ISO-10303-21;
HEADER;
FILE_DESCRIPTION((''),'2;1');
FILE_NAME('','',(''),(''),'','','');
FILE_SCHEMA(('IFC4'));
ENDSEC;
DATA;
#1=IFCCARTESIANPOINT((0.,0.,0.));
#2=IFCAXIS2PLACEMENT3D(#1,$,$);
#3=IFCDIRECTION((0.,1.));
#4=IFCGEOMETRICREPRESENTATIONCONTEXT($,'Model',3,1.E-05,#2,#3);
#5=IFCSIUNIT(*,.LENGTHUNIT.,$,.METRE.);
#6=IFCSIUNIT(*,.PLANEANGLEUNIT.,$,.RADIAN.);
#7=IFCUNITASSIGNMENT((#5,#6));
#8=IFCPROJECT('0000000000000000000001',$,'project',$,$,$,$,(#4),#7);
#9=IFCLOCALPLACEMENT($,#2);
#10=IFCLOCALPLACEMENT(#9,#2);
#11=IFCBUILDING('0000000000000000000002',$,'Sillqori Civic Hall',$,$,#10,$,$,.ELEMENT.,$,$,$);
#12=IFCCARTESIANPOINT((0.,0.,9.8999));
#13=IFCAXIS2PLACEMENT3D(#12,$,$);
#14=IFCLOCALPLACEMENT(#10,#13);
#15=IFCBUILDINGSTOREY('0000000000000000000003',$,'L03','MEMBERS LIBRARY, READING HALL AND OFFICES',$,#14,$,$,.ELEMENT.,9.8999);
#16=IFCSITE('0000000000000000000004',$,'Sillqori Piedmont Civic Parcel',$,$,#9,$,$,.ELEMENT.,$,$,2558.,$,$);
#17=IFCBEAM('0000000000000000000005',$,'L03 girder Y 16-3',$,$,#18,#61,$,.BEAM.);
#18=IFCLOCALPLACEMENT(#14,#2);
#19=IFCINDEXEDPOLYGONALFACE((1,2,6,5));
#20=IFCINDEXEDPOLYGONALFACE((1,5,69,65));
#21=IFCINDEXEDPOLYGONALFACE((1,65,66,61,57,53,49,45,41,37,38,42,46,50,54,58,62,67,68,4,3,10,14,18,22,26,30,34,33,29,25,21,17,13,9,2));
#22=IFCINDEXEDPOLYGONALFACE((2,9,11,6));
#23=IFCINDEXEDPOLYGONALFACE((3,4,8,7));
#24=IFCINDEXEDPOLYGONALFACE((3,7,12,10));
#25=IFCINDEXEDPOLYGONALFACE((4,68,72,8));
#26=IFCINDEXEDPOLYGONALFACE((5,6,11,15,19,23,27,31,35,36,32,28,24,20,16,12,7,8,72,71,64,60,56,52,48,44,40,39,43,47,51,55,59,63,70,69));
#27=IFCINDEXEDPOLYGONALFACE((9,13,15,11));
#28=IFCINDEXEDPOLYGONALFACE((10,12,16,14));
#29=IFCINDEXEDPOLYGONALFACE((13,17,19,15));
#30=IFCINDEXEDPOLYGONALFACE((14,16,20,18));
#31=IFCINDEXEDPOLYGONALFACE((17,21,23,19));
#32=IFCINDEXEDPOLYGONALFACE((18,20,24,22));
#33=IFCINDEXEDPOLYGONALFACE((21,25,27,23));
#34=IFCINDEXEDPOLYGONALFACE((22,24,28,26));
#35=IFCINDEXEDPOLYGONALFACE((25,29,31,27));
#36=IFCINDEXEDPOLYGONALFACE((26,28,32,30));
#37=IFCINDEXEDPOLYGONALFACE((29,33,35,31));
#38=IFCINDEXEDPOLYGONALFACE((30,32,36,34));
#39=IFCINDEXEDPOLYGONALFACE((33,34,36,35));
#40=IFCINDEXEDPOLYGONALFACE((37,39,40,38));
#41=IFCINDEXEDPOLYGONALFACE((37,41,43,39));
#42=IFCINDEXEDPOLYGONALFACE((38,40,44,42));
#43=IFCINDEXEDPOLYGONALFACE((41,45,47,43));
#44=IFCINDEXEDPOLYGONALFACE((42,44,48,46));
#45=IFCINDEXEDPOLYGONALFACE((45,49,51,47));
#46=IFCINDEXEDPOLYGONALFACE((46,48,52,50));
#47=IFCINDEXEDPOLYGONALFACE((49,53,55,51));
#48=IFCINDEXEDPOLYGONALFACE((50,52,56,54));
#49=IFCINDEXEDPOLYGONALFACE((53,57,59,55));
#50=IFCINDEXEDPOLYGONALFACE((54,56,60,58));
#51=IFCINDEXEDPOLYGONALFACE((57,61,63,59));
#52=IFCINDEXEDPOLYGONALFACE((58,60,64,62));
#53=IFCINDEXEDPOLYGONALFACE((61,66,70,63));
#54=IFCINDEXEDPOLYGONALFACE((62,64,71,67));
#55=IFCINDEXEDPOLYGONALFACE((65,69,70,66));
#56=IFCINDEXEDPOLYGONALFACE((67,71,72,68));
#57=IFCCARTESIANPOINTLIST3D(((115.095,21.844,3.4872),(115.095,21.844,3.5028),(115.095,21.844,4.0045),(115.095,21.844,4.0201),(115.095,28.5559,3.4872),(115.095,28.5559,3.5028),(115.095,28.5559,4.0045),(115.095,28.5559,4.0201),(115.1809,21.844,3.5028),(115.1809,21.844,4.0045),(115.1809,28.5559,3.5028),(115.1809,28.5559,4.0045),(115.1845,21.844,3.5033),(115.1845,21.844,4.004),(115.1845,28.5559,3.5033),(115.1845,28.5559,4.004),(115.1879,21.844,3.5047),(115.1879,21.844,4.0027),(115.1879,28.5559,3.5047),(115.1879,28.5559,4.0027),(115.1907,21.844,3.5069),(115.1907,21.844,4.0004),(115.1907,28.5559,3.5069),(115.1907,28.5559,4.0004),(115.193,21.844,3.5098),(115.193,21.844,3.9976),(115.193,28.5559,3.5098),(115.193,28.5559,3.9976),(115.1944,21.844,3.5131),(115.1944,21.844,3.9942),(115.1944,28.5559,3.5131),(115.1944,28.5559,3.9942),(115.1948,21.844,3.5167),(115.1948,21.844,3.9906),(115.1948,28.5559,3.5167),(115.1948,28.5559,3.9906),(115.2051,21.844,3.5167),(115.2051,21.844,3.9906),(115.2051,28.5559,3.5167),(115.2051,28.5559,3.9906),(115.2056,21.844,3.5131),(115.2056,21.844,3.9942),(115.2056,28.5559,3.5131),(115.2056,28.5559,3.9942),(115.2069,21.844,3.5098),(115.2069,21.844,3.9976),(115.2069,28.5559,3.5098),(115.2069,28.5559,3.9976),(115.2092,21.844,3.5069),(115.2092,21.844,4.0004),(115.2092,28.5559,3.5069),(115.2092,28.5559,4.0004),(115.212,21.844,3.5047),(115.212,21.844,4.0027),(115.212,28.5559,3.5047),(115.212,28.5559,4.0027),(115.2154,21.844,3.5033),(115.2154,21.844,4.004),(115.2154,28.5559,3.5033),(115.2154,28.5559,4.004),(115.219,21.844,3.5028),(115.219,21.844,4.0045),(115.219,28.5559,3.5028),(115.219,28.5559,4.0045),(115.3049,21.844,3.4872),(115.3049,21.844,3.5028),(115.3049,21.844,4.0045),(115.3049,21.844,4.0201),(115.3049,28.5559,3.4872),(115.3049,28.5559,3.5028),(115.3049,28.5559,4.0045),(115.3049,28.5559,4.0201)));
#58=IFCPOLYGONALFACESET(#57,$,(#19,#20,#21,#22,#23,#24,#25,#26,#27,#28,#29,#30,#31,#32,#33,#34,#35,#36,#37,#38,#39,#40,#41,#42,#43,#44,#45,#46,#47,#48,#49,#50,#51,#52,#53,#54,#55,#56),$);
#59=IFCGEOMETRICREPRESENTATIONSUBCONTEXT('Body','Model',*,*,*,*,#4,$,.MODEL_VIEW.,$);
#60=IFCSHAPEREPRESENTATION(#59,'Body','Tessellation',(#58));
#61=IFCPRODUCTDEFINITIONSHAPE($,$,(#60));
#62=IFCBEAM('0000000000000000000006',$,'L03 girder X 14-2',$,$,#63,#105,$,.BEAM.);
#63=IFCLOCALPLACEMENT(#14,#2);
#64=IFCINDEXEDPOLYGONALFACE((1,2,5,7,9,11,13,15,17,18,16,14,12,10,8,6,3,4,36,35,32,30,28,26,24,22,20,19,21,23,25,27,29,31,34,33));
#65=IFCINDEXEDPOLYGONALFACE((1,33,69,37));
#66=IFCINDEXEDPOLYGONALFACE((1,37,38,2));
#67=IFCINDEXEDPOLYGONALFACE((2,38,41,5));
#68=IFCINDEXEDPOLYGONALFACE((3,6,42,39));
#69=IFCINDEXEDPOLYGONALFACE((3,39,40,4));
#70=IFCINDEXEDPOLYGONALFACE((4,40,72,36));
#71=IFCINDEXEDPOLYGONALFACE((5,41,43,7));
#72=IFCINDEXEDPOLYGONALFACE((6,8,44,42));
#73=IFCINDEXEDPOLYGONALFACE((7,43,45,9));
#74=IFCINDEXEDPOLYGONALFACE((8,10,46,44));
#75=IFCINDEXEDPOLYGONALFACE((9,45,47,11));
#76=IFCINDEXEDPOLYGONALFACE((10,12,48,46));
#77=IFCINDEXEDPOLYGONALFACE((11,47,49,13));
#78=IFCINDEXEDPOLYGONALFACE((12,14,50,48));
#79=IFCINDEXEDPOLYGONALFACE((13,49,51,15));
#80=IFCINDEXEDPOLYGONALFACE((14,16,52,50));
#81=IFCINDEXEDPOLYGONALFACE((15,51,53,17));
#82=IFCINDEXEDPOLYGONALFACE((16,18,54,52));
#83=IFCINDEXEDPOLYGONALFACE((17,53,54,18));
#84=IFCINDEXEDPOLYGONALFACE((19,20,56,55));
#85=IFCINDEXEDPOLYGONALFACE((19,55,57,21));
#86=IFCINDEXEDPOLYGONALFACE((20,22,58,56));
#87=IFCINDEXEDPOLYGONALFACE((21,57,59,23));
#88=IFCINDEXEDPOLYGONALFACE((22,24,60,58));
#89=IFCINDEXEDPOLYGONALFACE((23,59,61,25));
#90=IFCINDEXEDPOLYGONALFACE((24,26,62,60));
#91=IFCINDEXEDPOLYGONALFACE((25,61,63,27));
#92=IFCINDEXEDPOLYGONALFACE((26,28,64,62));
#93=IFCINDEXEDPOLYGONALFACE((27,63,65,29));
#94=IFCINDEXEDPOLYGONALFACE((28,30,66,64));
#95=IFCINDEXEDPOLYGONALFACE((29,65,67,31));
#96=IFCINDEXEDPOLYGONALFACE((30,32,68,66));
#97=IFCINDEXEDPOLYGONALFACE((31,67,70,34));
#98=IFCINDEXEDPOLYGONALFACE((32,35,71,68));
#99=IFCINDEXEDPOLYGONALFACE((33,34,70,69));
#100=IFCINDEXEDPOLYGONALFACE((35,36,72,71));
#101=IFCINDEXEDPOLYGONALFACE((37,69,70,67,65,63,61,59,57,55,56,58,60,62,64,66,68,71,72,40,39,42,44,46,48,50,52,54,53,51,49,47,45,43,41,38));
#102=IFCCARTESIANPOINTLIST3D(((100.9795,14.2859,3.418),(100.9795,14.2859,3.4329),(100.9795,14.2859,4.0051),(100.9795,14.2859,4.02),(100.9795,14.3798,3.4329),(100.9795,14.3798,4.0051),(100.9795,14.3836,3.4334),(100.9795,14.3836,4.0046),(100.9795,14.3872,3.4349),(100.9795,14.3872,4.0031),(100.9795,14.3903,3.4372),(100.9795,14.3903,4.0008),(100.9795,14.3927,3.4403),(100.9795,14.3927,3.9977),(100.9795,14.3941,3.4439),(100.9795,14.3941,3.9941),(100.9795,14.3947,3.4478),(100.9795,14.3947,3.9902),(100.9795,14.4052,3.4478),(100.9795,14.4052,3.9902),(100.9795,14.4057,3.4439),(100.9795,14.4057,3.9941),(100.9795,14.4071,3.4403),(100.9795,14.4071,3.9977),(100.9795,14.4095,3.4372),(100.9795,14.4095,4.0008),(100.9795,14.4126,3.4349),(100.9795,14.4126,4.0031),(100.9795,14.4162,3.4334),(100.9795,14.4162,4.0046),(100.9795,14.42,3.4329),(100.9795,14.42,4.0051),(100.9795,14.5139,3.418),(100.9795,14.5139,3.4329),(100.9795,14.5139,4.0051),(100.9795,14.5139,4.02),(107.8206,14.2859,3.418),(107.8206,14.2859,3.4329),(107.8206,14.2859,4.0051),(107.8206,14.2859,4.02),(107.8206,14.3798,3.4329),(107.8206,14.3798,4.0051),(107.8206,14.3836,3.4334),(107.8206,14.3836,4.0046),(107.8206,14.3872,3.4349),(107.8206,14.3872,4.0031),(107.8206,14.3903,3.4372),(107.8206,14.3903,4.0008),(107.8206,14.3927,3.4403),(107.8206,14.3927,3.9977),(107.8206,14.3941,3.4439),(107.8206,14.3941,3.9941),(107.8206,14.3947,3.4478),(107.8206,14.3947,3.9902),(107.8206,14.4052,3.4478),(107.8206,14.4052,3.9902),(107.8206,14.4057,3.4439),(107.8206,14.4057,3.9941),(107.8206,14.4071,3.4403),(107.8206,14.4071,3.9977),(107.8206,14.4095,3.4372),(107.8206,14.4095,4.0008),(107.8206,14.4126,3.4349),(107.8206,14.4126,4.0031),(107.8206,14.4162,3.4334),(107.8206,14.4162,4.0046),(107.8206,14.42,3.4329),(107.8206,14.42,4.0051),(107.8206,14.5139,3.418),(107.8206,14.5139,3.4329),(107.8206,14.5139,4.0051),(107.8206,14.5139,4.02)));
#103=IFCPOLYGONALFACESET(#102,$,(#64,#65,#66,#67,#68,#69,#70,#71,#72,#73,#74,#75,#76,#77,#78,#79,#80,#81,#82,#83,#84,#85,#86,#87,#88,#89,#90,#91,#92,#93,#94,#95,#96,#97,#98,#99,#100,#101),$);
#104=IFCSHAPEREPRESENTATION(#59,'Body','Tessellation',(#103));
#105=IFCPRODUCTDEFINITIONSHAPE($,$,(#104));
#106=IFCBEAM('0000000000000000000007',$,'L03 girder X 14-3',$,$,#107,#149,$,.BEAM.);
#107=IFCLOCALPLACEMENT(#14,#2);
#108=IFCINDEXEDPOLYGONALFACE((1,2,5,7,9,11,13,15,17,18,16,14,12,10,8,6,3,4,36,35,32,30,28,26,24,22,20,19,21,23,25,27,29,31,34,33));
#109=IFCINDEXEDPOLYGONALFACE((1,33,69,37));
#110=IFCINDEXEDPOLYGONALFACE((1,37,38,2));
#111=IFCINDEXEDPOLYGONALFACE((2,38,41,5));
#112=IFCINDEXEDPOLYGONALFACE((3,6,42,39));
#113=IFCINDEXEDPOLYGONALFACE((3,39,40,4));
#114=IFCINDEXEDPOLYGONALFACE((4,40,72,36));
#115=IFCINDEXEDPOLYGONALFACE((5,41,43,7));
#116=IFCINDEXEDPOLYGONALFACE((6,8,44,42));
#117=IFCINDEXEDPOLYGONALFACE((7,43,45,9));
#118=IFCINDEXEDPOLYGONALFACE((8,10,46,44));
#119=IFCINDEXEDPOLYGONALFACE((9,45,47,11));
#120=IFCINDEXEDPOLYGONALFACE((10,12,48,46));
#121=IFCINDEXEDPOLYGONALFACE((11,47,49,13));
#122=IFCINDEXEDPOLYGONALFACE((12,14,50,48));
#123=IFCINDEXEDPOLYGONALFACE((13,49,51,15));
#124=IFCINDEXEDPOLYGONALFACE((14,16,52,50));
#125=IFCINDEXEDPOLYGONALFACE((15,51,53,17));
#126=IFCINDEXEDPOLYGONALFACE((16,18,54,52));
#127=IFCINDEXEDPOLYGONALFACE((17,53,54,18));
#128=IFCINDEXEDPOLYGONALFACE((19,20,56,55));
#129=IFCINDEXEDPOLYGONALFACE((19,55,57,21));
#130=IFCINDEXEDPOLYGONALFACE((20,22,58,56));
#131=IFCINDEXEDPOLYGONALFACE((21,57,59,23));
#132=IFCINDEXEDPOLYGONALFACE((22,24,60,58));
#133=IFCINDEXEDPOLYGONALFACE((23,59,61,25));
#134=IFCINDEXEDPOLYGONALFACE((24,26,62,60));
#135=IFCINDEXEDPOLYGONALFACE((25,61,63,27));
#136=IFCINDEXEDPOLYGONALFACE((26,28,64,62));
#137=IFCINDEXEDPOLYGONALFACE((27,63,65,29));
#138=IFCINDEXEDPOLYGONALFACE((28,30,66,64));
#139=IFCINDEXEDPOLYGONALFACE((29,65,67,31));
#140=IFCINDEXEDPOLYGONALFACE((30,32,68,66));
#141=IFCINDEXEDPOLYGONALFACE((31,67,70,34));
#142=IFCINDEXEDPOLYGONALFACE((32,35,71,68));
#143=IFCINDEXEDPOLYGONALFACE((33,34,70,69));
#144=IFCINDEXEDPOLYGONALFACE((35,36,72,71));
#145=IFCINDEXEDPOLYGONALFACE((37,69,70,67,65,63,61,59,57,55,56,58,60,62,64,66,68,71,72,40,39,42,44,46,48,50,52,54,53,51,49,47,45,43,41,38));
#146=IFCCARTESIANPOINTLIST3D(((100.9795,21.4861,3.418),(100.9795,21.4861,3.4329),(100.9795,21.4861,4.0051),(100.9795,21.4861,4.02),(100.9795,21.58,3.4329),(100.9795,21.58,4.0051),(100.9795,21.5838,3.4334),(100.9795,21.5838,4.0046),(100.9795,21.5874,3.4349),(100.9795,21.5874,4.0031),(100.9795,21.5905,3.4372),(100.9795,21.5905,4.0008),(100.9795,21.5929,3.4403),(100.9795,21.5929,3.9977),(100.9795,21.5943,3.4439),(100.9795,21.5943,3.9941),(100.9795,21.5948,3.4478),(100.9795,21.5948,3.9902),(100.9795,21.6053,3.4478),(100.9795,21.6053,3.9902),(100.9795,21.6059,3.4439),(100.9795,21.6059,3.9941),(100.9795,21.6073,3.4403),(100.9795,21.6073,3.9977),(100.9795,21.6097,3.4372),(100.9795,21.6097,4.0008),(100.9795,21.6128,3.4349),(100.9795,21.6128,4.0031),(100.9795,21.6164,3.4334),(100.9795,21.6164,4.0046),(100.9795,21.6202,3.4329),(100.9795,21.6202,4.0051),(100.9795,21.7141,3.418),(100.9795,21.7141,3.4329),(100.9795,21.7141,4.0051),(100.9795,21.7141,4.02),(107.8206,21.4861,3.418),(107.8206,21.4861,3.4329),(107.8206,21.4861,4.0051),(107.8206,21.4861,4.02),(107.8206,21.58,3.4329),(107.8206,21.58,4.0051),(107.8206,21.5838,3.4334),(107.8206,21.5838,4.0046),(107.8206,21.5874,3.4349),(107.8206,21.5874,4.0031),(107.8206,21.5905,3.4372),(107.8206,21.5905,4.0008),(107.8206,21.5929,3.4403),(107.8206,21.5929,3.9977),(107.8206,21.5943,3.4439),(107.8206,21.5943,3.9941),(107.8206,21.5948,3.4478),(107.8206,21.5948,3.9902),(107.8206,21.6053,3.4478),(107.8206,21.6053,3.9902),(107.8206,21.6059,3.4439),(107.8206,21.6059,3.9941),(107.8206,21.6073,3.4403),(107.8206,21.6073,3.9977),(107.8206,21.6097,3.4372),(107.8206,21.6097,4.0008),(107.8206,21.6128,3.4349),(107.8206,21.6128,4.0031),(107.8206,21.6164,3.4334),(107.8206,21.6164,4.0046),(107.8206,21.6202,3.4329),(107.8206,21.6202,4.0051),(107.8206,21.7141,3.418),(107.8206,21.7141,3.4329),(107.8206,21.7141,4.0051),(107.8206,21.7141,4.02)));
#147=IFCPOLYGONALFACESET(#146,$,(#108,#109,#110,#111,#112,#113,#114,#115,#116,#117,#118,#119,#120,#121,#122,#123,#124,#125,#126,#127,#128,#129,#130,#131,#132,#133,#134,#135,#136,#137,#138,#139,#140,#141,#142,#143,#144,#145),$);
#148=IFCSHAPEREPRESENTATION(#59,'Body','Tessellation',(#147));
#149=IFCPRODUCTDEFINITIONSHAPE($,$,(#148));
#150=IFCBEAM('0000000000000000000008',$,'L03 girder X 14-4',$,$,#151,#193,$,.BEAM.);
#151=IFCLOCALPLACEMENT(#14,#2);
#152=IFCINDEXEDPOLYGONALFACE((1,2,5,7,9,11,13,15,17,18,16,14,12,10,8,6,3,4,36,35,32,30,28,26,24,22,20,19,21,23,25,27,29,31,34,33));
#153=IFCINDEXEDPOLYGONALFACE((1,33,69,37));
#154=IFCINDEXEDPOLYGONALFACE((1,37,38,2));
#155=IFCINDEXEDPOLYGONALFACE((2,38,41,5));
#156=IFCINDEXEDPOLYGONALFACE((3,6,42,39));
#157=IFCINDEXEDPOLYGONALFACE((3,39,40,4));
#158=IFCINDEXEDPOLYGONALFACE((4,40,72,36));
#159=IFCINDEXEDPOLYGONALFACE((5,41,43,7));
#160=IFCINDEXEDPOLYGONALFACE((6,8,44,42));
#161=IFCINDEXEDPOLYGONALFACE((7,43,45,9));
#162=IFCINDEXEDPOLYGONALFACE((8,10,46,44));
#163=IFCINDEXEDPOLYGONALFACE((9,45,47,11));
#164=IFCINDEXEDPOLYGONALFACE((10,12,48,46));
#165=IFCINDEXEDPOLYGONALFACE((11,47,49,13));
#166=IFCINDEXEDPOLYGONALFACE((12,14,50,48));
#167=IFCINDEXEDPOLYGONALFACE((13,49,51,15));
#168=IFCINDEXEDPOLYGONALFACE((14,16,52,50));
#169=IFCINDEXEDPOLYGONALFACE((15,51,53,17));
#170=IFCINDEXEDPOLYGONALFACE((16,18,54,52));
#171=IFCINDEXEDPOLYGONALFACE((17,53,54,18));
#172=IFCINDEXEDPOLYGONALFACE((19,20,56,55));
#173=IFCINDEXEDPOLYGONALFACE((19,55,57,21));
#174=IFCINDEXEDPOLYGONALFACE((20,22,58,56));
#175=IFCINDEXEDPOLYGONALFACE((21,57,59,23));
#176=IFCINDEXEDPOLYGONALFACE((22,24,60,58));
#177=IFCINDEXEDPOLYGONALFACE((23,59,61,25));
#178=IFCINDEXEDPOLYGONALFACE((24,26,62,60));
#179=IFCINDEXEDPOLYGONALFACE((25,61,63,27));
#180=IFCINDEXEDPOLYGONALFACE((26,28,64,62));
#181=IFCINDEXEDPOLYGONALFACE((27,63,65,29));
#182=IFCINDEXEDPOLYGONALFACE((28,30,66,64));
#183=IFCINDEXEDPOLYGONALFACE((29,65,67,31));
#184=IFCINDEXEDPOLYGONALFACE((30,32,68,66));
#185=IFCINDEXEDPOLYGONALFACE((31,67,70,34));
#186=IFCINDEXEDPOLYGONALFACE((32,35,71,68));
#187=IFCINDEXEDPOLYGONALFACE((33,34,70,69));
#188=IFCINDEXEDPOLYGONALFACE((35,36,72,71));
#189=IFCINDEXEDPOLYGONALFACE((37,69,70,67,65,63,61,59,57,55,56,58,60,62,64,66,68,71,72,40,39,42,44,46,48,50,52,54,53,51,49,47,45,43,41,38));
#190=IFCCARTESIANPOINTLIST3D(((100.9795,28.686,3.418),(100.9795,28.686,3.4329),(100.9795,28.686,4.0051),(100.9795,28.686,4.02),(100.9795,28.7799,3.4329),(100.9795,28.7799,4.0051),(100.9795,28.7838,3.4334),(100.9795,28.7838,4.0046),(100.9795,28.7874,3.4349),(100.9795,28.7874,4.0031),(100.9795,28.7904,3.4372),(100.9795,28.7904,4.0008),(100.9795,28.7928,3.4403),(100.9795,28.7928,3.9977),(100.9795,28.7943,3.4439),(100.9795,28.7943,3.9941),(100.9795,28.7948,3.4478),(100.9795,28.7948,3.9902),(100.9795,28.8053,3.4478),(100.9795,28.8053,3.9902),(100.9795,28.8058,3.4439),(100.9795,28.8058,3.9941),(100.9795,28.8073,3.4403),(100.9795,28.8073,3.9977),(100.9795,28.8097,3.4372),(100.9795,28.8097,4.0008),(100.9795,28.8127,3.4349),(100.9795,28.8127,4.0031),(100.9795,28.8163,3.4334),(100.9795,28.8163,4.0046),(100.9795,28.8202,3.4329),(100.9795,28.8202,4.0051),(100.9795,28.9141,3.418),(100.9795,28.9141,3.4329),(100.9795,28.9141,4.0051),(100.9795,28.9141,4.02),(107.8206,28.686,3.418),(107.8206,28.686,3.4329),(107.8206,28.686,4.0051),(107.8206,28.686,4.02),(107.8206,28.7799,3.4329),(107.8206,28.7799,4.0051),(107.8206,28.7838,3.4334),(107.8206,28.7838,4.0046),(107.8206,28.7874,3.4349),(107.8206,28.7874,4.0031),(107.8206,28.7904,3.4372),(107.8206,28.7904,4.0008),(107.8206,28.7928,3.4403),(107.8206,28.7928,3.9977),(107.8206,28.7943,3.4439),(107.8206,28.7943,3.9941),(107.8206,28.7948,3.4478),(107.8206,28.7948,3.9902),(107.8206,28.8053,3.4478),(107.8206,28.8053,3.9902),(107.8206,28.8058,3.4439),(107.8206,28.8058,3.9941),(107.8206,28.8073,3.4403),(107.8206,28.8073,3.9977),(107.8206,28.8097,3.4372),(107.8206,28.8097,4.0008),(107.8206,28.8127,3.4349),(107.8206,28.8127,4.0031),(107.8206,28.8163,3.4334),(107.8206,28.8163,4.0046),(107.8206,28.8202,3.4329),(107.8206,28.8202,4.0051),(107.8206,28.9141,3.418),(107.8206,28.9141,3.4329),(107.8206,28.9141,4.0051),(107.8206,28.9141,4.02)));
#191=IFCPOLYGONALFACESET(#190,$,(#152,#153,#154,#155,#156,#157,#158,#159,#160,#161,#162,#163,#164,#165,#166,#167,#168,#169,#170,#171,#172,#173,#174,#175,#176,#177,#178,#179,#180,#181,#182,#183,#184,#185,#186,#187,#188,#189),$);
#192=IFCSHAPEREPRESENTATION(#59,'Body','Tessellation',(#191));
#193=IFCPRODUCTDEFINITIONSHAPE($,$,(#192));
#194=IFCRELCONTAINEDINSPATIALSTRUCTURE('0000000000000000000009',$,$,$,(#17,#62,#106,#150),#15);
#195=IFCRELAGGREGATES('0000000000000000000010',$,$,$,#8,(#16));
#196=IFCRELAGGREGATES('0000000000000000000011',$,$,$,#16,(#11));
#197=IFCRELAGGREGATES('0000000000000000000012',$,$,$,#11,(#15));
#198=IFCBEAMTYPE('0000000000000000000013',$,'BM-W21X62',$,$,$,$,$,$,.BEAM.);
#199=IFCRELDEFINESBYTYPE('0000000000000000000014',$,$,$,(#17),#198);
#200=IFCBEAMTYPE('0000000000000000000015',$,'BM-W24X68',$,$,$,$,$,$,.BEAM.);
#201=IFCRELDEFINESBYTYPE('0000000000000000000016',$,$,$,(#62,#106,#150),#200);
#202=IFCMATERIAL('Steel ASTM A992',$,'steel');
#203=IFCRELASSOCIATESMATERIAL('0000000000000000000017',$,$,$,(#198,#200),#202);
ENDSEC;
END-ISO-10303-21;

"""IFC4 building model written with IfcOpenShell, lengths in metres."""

from ifc_helpers import new_model, si_unit, direction, frame, origin, origin_2d, place, context, subcontext, project, spatial, i_section, extrude, material, material_profile, profile_set, type_object, element, save


model = new_model("IFC4")

# Units and contexts
model_context = context("Model", 3, precision=1e-05, world=origin(), true_north=direction((0.0, 1.0)))
body_context = subcontext(model_context, "Body", "Model", "MODEL_VIEW")
ifc_project = project(units=[si_unit("LENGTHUNIT", "METRE"), si_unit("PLANEANGLEUNIT", "RADIAN")], contexts=[model_context])

# Site, building, storey
site_placement = place(None, origin())
site = spatial("IfcSite", under=ifc_project, at=site_placement, Name="Sillqori Piedmont Civic Parcel", CompositionType="ELEMENT", RefElevation=2558.0)
building_placement = place(site_placement, origin())
building = spatial("IfcBuilding", under=site, at=building_placement, Name="Sillqori Civic Hall", CompositionType="ELEMENT")
storey_placement = place(building_placement, frame((0.0, 0.0, 9.8999)))
storey = spatial("IfcBuildingStorey", under=building, at=storey_placement, Name="L03", Description="MEMBERS LIBRARY, READING HALL AND OFFICES", CompositionType="ELEMENT", Elevation=9.8999)

# Shared definitions
ifc_material_1 = material(Name="Steel ASTM A992", Category="steel")

# Beams
ifc_material_profile_1 = material_profile(ifc_material_1, i_section(OverallWidth=0.21, OverallDepth=0.533, WebThickness=0.0103, FlangeThickness=0.0156, FilletRadius=0.0139, at=origin_2d()), Name="W21X62")
ifc_profile_set_1 = profile_set([ifc_material_profile_1], Name="Steel ASTM A992")
beam_type_1 = type_object("IfcBeamType", Name="BM-W21X62", PredefinedType="BEAM", material=ifc_profile_set_1)
for number, where, z_axis, x_axis, name in (
    (1, (115.2, 21.844, 3.7537), (0.0, 1.0, 0.0), (-1.0, 0.0, 0.0), "L03 girder Y 16-3"),
):
    element("IfcBeam", number, at=place(storey_placement, frame(where, z_axis=z_axis, x_axis=x_axis)), inside=storey, type_object=beam_type_1, Name=name, PredefinedType="BEAM", context=body_context, shape_type="SweptSolid", body=[
        extrude(i_section(OverallWidth=0.21, OverallDepth=0.533, WebThickness=0.0103, FlangeThickness=0.0156, FilletRadius=0.0139, at=origin_2d()), origin(), (0.0, 0.0, 1.0), 6.7119),
    ])
ifc_material_profile_2 = material_profile(ifc_material_1, i_section(OverallWidth=0.228, OverallDepth=0.6021, WebThickness=0.0105, FlangeThickness=0.0149, FilletRadius=0.0149, at=origin_2d()), Name="W24X68")
ifc_profile_set_2 = profile_set([ifc_material_profile_2], Name="Steel ASTM A992")
beam_type_2 = type_object("IfcBeamType", Name="BM-W24X68", PredefinedType="BEAM", material=ifc_profile_set_2)
for number, where, z_axis, x_axis, name in (
    (2, (100.9795, 14.3999, 3.719), (1.0, 0.0, 0.0), (0.0, 1.0, 0.0), "L03 girder X 14-2"),
    (3, (100.9795, 21.6001, 3.719), (1.0, 0.0, 0.0), (0.0, 1.0, 0.0), "L03 girder X 14-3"),
    (4, (100.9795, 28.8, 3.719), (1.0, 0.0, 0.0), (0.0, 1.0, 0.0), "L03 girder X 14-4"),
):
    element("IfcBeam", number, at=place(storey_placement, frame(where, z_axis=z_axis, x_axis=x_axis)), inside=storey, type_object=beam_type_2, Name=name, PredefinedType="BEAM", context=body_context, shape_type="SweptSolid", body=[
        extrude(i_section(OverallWidth=0.228, OverallDepth=0.6021, WebThickness=0.0105, FlangeThickness=0.0149, FilletRadius=0.0149, at=origin_2d()), origin(), (0.0, 0.0, 1.0), 6.8411),
    ])

save(model, "model.ifc")
